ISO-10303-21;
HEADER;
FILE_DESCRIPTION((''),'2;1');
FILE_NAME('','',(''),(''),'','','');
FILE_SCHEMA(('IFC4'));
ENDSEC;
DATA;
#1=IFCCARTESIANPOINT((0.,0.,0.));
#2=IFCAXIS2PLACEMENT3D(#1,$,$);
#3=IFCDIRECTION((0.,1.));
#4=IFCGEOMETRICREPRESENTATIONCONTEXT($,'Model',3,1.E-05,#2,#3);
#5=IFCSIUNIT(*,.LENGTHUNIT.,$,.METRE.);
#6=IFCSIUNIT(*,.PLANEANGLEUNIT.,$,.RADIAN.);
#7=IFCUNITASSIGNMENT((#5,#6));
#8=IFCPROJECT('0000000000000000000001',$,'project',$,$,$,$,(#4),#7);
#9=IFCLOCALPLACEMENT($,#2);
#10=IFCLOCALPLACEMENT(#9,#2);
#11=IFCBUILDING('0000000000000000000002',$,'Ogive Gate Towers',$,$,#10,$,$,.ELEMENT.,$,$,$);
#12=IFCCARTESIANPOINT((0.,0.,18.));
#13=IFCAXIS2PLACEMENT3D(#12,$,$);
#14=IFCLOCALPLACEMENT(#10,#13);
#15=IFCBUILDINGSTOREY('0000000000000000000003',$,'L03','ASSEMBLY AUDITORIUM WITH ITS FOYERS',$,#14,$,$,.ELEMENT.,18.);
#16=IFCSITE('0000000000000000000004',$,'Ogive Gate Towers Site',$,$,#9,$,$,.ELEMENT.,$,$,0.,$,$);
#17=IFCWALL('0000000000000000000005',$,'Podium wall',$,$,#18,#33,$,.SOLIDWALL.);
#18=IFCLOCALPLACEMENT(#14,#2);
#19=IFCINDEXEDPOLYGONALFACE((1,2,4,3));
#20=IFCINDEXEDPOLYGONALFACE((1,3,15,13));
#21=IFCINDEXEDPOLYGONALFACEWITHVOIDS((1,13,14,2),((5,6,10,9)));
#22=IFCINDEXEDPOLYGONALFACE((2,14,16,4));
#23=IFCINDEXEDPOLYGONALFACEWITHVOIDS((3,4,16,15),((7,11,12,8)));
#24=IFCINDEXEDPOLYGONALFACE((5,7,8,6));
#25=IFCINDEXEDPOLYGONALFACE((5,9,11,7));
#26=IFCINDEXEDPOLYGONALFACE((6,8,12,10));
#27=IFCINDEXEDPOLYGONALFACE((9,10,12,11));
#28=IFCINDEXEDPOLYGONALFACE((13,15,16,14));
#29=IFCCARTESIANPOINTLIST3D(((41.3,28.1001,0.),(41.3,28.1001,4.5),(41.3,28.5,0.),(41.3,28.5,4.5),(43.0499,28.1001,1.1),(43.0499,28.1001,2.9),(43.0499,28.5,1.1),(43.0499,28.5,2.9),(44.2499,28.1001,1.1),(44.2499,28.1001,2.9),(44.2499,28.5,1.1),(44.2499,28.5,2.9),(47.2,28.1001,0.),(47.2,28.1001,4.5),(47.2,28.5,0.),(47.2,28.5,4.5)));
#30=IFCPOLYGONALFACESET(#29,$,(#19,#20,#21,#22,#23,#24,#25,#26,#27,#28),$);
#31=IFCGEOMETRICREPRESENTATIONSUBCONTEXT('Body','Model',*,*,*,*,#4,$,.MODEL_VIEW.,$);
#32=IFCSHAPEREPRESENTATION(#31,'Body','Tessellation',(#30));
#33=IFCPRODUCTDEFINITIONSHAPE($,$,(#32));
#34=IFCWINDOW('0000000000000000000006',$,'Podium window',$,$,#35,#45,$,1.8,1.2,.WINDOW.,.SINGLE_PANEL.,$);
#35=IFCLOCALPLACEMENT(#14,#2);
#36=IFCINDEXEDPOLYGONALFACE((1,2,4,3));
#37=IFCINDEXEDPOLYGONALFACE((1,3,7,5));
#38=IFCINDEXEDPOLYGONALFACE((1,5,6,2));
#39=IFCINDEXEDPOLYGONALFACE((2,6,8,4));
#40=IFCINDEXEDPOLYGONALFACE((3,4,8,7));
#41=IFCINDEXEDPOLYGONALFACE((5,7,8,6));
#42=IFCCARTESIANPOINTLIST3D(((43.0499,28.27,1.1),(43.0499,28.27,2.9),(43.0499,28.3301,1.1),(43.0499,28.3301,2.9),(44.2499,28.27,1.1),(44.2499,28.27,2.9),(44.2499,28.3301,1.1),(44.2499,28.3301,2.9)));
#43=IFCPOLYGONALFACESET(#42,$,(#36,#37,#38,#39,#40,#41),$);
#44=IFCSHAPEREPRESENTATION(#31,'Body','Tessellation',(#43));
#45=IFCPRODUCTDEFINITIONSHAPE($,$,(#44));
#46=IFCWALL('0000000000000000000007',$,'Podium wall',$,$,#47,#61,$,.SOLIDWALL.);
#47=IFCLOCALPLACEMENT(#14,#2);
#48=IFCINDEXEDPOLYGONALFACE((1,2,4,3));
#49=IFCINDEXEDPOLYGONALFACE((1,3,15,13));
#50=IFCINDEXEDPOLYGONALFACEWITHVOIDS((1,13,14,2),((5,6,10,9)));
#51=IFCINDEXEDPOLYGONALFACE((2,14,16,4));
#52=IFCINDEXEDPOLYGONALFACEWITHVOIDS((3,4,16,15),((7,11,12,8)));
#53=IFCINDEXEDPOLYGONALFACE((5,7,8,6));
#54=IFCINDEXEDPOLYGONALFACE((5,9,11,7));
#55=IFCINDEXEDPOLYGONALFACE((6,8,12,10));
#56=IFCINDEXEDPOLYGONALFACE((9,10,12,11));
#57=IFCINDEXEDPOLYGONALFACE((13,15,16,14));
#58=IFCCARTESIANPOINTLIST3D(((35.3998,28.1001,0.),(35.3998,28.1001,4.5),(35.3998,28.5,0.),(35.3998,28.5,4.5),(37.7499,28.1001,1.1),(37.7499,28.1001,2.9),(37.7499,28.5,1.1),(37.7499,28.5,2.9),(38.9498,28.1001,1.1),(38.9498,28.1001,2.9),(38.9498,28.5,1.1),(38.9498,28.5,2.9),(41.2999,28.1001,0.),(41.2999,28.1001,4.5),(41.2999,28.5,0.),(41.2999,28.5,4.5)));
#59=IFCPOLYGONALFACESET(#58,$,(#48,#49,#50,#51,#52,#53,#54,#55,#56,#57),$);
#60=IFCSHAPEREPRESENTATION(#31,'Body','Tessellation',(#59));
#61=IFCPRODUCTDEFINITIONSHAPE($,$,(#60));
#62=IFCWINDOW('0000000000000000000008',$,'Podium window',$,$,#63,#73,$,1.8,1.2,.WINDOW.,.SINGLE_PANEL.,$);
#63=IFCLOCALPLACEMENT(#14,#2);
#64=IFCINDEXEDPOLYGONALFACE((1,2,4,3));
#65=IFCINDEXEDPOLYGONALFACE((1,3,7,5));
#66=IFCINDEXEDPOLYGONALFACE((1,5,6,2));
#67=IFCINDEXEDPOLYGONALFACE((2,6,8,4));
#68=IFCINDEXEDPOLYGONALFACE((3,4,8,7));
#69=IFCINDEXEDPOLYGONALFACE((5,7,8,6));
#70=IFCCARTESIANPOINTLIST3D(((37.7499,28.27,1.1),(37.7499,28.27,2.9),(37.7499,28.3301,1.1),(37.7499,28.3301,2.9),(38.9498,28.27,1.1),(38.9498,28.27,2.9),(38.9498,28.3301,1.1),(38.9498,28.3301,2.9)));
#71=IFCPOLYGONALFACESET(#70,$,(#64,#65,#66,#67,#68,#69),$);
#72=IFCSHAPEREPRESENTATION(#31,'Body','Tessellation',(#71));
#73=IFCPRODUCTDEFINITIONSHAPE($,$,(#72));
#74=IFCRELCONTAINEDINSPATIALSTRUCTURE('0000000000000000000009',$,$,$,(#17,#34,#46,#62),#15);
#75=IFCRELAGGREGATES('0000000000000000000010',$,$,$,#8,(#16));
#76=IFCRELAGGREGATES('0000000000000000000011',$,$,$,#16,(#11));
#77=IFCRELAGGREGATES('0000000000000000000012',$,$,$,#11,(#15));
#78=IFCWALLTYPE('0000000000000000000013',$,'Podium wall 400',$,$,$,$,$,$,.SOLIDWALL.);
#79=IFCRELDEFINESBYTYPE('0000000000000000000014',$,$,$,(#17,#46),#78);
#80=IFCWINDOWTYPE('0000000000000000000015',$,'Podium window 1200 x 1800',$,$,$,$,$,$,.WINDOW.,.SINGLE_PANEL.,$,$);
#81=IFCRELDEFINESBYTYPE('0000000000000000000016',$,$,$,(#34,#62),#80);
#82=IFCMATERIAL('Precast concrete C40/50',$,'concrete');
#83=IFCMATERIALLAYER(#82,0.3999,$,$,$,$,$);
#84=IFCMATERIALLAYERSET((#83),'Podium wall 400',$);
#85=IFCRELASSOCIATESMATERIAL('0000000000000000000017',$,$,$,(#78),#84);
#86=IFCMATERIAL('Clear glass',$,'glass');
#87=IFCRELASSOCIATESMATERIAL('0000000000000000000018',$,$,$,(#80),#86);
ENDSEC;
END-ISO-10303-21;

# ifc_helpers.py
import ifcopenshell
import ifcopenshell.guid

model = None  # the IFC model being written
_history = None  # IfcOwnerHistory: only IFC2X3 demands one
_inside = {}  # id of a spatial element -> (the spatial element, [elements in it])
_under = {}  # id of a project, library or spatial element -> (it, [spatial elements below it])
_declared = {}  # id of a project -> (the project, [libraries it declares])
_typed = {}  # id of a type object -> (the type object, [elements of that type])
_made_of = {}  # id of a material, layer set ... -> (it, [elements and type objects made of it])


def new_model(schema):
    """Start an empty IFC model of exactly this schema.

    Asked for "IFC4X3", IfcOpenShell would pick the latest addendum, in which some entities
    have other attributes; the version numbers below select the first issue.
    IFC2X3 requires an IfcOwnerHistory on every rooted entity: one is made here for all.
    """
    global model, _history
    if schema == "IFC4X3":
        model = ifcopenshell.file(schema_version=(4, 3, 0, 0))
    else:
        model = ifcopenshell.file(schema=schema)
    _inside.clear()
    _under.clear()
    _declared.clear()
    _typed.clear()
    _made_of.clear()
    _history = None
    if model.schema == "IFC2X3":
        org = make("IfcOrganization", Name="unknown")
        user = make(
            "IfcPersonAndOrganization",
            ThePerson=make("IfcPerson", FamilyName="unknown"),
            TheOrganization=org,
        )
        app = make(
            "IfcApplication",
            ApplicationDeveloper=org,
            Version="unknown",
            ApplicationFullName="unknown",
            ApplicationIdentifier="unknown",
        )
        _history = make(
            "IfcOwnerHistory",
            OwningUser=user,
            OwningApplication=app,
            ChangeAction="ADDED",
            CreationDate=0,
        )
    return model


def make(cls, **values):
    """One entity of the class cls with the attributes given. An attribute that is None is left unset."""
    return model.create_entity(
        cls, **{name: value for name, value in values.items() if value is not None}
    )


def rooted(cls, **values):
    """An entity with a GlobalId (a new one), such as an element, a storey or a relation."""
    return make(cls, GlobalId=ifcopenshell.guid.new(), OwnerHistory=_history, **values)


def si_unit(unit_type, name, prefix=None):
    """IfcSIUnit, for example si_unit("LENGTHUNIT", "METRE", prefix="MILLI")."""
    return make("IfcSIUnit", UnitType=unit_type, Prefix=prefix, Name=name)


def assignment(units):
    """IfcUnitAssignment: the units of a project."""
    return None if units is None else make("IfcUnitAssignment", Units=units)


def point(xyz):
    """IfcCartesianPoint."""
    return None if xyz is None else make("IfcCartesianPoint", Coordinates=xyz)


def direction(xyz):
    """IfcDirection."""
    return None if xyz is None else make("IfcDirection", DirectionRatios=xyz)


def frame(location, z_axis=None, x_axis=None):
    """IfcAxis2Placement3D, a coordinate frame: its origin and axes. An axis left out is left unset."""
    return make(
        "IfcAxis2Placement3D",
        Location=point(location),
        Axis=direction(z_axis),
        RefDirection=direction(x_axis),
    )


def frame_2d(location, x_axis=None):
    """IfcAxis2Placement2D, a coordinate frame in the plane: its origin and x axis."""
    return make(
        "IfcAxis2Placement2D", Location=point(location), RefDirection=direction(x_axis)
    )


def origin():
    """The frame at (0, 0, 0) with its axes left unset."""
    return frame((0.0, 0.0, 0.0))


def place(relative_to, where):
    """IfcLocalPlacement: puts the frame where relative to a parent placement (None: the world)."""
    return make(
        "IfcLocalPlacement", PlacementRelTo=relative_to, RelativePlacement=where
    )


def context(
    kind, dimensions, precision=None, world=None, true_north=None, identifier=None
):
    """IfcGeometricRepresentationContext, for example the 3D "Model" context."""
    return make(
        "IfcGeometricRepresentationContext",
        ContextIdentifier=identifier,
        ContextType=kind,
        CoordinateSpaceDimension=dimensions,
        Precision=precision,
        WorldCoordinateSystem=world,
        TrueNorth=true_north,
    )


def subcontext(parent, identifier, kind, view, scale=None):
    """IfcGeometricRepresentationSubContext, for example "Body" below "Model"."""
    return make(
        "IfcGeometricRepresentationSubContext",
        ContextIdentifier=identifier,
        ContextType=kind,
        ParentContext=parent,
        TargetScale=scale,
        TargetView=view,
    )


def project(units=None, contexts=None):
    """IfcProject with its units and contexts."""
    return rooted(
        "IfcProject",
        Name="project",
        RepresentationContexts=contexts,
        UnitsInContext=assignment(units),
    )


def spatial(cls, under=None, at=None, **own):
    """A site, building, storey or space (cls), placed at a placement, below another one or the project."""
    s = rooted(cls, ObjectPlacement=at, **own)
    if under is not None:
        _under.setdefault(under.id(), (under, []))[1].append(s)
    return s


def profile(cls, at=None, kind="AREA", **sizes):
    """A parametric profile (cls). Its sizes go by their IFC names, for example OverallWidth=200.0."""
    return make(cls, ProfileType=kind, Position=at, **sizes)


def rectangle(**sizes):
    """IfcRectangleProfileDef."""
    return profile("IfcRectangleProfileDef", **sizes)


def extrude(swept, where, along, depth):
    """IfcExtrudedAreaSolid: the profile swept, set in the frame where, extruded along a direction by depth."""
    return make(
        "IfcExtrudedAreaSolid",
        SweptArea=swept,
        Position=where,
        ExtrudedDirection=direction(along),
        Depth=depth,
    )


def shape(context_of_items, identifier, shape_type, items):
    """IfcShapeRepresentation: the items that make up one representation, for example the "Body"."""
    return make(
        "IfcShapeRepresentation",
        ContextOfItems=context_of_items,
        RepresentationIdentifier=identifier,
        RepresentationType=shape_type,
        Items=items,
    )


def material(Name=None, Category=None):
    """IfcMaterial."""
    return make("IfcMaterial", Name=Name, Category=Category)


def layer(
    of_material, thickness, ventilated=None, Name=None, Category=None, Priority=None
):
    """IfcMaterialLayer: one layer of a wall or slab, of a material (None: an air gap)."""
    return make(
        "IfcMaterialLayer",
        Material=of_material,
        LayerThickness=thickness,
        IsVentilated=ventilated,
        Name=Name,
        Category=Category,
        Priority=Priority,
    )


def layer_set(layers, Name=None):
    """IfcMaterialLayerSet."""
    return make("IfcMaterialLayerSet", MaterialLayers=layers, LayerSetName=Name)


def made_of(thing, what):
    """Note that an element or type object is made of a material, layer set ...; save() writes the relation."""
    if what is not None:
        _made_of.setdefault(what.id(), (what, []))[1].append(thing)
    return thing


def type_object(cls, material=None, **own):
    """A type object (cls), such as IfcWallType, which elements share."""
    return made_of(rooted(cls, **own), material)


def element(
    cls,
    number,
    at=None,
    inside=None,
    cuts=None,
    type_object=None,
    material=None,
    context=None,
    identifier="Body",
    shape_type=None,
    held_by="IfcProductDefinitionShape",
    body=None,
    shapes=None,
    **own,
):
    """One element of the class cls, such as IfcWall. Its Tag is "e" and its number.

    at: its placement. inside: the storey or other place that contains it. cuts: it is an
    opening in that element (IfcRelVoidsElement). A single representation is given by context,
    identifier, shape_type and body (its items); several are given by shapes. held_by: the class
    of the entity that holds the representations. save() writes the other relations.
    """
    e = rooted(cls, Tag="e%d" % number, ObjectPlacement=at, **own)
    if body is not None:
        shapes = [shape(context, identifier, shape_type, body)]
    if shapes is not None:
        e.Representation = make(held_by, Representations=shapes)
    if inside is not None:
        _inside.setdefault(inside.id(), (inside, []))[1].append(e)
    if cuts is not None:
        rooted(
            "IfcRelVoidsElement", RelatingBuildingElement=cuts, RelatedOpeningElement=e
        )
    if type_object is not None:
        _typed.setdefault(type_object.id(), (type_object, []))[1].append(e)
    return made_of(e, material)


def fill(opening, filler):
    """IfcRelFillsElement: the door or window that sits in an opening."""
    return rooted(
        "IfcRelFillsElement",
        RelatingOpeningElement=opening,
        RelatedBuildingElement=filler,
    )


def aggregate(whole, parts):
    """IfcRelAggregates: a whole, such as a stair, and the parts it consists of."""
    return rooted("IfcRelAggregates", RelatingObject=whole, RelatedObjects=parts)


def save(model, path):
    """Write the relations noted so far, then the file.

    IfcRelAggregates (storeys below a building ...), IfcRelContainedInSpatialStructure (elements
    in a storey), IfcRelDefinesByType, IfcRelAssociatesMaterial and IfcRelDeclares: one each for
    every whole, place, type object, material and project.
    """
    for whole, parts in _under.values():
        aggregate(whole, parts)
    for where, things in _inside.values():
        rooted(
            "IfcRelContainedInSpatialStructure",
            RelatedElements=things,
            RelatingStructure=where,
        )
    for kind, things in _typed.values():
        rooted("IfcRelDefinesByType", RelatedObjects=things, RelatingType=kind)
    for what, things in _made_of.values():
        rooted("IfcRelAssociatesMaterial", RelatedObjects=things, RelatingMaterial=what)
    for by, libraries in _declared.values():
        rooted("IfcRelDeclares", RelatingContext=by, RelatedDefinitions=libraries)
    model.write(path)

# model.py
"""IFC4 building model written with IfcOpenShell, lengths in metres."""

from ifc_helpers import new_model, si_unit, direction, frame, frame_2d, origin, place, context, subcontext, project, spatial, rectangle, extrude, material, layer, layer_set, type_object, element, fill, save


model = new_model("IFC4")

# Units and contexts
model_context = context("Model", 3, precision=1e-05, world=origin(), true_north=direction((0.0, 1.0)))
body_context = subcontext(model_context, "Body", "Model", "MODEL_VIEW")
ifc_project = project(units=[si_unit("LENGTHUNIT", "METRE"), si_unit("PLANEANGLEUNIT", "RADIAN")], contexts=[model_context])

# Site, building, storey
site_placement = place(None, origin())
site = spatial("IfcSite", under=ifc_project, at=site_placement, Name="Ogive Gate Towers Site", CompositionType="ELEMENT", RefElevation=0.0)
building_placement = place(site_placement, origin())
building = spatial("IfcBuilding", under=site, at=building_placement, Name="Ogive Gate Towers", CompositionType="ELEMENT")
storey_placement = place(building_placement, frame((0.0, 0.0, 18.0)))
storey = spatial("IfcBuildingStorey", under=building, at=storey_placement, Name="L03", Description="ASSEMBLY AUDITORIUM WITH ITS FOYERS", CompositionType="ELEMENT", Elevation=18.0)

# Walls, openings, windows
ifc_material_1 = material(Name="Precast concrete C40/50", Category="concrete")
ifc_layer = layer(ifc_material_1, 0.3999)
ifc_layer_set = layer_set([ifc_layer], Name="Podium wall 400")
wall_type = type_object("IfcWallType", Name="Podium wall 400", PredefinedType="SOLIDWALL", material=ifc_layer_set)
ifc_material_2 = material(Name="Clear glass", Category="glass")
window_type = type_object("IfcWindowType", Name="Podium window 1200 x 1800", PartitioningType="SINGLE_PANEL", PredefinedType="WINDOW", material=ifc_material_2)
wall_1_placement = place(storey_placement, frame((47.2, 28.3, 0.0), z_axis=(0.0, 0.0, 1.0), x_axis=(-1.0, 0.0, 0.0)))
wall_1 = element("IfcWall", 1, at=wall_1_placement, inside=storey, type_object=wall_type, Name="Podium wall", PredefinedType="SOLIDWALL", context=body_context, shape_type="SweptSolid", body=[
    extrude(rectangle(XDim=5.8999, YDim=0.3999, at=frame_2d((2.95, 0.0))), origin(), (0.0, 0.0, 1.0), 4.5),
])
opening_1_placement = place(wall_1_placement, frame((2.95, 0.0, 1.1001)))
opening_1 = element("IfcOpeningElement", 2, at=opening_1_placement, cuts=wall_1, PredefinedType="OPENING", context=body_context, shape_type="SweptSolid", body=[
    extrude(rectangle(XDim=1.2, YDim=1.8, at=frame_2d((0.6001, 0.8999))), frame((0.0, 0.21, 0.0), z_axis=(0.0, -1.0, 0.0), x_axis=(1.0, 0.0, 0.0)), (0.0, 0.0, 1.0), 0.4199),
])
window_1_placement = place(opening_1_placement, origin())
window_1 = element("IfcWindow", 3, at=window_1_placement, inside=storey, type_object=window_type, Name="Podium window", OverallHeight=1.8, OverallWidth=1.2, PartitioningType="SINGLE_PANEL", PredefinedType="WINDOW", context=body_context, shape_type="SweptSolid", body=[
    extrude(rectangle(XDim=1.2, YDim=1.8, at=frame_2d((0.6001, 0.8999))), frame((0.0, 0.03, 0.0), z_axis=(0.0, -1.0, 0.0), x_axis=(1.0, 0.0, 0.0)), (0.0, 0.0, 1.0), 0.0601),
])
fill(opening_1, window_1)
wall_2_placement = place(storey_placement, frame((41.3, 28.3, 0.0), z_axis=(0.0, 0.0, 1.0), x_axis=(-1.0, 0.0, 0.0)))
wall_2 = element("IfcWall", 4, at=wall_2_placement, inside=storey, type_object=wall_type, Name="Podium wall", PredefinedType="SOLIDWALL", context=body_context, shape_type="SweptSolid", body=[
    extrude(rectangle(XDim=5.9001, YDim=0.3999, at=frame_2d((2.9502, 0.0))), origin(), (0.0, 0.0, 1.0), 4.5),
])
opening_2_placement = place(wall_2_placement, frame((2.3501, 0.0, 1.1001)))
opening_2 = element("IfcOpeningElement", 5, at=opening_2_placement, cuts=wall_2, PredefinedType="OPENING", context=body_context, shape_type="SweptSolid", body=[
    extrude(rectangle(XDim=1.2, YDim=1.8, at=frame_2d((0.6001, 0.8999))), frame((0.0, 0.21, 0.0), z_axis=(0.0, -1.0, 0.0), x_axis=(1.0, 0.0, 0.0)), (0.0, 0.0, 1.0), 0.4199),
])
window_2_placement = place(opening_2_placement, origin())
window_2 = element("IfcWindow", 6, at=window_2_placement, inside=storey, type_object=window_type, Name="Podium window", OverallHeight=1.8, OverallWidth=1.2, PartitioningType="SINGLE_PANEL", PredefinedType="WINDOW", context=body_context, shape_type="SweptSolid", body=[
    extrude(rectangle(XDim=1.2, YDim=1.8, at=frame_2d((0.6001, 0.8999))), frame((0.0, 0.03, 0.0), z_axis=(0.0, -1.0, 0.0), x_axis=(1.0, 0.0, 0.0)), (0.0, 0.0, 1.0), 0.0601),
])
fill(opening_2, window_2)

save(model, "model.ifc")
